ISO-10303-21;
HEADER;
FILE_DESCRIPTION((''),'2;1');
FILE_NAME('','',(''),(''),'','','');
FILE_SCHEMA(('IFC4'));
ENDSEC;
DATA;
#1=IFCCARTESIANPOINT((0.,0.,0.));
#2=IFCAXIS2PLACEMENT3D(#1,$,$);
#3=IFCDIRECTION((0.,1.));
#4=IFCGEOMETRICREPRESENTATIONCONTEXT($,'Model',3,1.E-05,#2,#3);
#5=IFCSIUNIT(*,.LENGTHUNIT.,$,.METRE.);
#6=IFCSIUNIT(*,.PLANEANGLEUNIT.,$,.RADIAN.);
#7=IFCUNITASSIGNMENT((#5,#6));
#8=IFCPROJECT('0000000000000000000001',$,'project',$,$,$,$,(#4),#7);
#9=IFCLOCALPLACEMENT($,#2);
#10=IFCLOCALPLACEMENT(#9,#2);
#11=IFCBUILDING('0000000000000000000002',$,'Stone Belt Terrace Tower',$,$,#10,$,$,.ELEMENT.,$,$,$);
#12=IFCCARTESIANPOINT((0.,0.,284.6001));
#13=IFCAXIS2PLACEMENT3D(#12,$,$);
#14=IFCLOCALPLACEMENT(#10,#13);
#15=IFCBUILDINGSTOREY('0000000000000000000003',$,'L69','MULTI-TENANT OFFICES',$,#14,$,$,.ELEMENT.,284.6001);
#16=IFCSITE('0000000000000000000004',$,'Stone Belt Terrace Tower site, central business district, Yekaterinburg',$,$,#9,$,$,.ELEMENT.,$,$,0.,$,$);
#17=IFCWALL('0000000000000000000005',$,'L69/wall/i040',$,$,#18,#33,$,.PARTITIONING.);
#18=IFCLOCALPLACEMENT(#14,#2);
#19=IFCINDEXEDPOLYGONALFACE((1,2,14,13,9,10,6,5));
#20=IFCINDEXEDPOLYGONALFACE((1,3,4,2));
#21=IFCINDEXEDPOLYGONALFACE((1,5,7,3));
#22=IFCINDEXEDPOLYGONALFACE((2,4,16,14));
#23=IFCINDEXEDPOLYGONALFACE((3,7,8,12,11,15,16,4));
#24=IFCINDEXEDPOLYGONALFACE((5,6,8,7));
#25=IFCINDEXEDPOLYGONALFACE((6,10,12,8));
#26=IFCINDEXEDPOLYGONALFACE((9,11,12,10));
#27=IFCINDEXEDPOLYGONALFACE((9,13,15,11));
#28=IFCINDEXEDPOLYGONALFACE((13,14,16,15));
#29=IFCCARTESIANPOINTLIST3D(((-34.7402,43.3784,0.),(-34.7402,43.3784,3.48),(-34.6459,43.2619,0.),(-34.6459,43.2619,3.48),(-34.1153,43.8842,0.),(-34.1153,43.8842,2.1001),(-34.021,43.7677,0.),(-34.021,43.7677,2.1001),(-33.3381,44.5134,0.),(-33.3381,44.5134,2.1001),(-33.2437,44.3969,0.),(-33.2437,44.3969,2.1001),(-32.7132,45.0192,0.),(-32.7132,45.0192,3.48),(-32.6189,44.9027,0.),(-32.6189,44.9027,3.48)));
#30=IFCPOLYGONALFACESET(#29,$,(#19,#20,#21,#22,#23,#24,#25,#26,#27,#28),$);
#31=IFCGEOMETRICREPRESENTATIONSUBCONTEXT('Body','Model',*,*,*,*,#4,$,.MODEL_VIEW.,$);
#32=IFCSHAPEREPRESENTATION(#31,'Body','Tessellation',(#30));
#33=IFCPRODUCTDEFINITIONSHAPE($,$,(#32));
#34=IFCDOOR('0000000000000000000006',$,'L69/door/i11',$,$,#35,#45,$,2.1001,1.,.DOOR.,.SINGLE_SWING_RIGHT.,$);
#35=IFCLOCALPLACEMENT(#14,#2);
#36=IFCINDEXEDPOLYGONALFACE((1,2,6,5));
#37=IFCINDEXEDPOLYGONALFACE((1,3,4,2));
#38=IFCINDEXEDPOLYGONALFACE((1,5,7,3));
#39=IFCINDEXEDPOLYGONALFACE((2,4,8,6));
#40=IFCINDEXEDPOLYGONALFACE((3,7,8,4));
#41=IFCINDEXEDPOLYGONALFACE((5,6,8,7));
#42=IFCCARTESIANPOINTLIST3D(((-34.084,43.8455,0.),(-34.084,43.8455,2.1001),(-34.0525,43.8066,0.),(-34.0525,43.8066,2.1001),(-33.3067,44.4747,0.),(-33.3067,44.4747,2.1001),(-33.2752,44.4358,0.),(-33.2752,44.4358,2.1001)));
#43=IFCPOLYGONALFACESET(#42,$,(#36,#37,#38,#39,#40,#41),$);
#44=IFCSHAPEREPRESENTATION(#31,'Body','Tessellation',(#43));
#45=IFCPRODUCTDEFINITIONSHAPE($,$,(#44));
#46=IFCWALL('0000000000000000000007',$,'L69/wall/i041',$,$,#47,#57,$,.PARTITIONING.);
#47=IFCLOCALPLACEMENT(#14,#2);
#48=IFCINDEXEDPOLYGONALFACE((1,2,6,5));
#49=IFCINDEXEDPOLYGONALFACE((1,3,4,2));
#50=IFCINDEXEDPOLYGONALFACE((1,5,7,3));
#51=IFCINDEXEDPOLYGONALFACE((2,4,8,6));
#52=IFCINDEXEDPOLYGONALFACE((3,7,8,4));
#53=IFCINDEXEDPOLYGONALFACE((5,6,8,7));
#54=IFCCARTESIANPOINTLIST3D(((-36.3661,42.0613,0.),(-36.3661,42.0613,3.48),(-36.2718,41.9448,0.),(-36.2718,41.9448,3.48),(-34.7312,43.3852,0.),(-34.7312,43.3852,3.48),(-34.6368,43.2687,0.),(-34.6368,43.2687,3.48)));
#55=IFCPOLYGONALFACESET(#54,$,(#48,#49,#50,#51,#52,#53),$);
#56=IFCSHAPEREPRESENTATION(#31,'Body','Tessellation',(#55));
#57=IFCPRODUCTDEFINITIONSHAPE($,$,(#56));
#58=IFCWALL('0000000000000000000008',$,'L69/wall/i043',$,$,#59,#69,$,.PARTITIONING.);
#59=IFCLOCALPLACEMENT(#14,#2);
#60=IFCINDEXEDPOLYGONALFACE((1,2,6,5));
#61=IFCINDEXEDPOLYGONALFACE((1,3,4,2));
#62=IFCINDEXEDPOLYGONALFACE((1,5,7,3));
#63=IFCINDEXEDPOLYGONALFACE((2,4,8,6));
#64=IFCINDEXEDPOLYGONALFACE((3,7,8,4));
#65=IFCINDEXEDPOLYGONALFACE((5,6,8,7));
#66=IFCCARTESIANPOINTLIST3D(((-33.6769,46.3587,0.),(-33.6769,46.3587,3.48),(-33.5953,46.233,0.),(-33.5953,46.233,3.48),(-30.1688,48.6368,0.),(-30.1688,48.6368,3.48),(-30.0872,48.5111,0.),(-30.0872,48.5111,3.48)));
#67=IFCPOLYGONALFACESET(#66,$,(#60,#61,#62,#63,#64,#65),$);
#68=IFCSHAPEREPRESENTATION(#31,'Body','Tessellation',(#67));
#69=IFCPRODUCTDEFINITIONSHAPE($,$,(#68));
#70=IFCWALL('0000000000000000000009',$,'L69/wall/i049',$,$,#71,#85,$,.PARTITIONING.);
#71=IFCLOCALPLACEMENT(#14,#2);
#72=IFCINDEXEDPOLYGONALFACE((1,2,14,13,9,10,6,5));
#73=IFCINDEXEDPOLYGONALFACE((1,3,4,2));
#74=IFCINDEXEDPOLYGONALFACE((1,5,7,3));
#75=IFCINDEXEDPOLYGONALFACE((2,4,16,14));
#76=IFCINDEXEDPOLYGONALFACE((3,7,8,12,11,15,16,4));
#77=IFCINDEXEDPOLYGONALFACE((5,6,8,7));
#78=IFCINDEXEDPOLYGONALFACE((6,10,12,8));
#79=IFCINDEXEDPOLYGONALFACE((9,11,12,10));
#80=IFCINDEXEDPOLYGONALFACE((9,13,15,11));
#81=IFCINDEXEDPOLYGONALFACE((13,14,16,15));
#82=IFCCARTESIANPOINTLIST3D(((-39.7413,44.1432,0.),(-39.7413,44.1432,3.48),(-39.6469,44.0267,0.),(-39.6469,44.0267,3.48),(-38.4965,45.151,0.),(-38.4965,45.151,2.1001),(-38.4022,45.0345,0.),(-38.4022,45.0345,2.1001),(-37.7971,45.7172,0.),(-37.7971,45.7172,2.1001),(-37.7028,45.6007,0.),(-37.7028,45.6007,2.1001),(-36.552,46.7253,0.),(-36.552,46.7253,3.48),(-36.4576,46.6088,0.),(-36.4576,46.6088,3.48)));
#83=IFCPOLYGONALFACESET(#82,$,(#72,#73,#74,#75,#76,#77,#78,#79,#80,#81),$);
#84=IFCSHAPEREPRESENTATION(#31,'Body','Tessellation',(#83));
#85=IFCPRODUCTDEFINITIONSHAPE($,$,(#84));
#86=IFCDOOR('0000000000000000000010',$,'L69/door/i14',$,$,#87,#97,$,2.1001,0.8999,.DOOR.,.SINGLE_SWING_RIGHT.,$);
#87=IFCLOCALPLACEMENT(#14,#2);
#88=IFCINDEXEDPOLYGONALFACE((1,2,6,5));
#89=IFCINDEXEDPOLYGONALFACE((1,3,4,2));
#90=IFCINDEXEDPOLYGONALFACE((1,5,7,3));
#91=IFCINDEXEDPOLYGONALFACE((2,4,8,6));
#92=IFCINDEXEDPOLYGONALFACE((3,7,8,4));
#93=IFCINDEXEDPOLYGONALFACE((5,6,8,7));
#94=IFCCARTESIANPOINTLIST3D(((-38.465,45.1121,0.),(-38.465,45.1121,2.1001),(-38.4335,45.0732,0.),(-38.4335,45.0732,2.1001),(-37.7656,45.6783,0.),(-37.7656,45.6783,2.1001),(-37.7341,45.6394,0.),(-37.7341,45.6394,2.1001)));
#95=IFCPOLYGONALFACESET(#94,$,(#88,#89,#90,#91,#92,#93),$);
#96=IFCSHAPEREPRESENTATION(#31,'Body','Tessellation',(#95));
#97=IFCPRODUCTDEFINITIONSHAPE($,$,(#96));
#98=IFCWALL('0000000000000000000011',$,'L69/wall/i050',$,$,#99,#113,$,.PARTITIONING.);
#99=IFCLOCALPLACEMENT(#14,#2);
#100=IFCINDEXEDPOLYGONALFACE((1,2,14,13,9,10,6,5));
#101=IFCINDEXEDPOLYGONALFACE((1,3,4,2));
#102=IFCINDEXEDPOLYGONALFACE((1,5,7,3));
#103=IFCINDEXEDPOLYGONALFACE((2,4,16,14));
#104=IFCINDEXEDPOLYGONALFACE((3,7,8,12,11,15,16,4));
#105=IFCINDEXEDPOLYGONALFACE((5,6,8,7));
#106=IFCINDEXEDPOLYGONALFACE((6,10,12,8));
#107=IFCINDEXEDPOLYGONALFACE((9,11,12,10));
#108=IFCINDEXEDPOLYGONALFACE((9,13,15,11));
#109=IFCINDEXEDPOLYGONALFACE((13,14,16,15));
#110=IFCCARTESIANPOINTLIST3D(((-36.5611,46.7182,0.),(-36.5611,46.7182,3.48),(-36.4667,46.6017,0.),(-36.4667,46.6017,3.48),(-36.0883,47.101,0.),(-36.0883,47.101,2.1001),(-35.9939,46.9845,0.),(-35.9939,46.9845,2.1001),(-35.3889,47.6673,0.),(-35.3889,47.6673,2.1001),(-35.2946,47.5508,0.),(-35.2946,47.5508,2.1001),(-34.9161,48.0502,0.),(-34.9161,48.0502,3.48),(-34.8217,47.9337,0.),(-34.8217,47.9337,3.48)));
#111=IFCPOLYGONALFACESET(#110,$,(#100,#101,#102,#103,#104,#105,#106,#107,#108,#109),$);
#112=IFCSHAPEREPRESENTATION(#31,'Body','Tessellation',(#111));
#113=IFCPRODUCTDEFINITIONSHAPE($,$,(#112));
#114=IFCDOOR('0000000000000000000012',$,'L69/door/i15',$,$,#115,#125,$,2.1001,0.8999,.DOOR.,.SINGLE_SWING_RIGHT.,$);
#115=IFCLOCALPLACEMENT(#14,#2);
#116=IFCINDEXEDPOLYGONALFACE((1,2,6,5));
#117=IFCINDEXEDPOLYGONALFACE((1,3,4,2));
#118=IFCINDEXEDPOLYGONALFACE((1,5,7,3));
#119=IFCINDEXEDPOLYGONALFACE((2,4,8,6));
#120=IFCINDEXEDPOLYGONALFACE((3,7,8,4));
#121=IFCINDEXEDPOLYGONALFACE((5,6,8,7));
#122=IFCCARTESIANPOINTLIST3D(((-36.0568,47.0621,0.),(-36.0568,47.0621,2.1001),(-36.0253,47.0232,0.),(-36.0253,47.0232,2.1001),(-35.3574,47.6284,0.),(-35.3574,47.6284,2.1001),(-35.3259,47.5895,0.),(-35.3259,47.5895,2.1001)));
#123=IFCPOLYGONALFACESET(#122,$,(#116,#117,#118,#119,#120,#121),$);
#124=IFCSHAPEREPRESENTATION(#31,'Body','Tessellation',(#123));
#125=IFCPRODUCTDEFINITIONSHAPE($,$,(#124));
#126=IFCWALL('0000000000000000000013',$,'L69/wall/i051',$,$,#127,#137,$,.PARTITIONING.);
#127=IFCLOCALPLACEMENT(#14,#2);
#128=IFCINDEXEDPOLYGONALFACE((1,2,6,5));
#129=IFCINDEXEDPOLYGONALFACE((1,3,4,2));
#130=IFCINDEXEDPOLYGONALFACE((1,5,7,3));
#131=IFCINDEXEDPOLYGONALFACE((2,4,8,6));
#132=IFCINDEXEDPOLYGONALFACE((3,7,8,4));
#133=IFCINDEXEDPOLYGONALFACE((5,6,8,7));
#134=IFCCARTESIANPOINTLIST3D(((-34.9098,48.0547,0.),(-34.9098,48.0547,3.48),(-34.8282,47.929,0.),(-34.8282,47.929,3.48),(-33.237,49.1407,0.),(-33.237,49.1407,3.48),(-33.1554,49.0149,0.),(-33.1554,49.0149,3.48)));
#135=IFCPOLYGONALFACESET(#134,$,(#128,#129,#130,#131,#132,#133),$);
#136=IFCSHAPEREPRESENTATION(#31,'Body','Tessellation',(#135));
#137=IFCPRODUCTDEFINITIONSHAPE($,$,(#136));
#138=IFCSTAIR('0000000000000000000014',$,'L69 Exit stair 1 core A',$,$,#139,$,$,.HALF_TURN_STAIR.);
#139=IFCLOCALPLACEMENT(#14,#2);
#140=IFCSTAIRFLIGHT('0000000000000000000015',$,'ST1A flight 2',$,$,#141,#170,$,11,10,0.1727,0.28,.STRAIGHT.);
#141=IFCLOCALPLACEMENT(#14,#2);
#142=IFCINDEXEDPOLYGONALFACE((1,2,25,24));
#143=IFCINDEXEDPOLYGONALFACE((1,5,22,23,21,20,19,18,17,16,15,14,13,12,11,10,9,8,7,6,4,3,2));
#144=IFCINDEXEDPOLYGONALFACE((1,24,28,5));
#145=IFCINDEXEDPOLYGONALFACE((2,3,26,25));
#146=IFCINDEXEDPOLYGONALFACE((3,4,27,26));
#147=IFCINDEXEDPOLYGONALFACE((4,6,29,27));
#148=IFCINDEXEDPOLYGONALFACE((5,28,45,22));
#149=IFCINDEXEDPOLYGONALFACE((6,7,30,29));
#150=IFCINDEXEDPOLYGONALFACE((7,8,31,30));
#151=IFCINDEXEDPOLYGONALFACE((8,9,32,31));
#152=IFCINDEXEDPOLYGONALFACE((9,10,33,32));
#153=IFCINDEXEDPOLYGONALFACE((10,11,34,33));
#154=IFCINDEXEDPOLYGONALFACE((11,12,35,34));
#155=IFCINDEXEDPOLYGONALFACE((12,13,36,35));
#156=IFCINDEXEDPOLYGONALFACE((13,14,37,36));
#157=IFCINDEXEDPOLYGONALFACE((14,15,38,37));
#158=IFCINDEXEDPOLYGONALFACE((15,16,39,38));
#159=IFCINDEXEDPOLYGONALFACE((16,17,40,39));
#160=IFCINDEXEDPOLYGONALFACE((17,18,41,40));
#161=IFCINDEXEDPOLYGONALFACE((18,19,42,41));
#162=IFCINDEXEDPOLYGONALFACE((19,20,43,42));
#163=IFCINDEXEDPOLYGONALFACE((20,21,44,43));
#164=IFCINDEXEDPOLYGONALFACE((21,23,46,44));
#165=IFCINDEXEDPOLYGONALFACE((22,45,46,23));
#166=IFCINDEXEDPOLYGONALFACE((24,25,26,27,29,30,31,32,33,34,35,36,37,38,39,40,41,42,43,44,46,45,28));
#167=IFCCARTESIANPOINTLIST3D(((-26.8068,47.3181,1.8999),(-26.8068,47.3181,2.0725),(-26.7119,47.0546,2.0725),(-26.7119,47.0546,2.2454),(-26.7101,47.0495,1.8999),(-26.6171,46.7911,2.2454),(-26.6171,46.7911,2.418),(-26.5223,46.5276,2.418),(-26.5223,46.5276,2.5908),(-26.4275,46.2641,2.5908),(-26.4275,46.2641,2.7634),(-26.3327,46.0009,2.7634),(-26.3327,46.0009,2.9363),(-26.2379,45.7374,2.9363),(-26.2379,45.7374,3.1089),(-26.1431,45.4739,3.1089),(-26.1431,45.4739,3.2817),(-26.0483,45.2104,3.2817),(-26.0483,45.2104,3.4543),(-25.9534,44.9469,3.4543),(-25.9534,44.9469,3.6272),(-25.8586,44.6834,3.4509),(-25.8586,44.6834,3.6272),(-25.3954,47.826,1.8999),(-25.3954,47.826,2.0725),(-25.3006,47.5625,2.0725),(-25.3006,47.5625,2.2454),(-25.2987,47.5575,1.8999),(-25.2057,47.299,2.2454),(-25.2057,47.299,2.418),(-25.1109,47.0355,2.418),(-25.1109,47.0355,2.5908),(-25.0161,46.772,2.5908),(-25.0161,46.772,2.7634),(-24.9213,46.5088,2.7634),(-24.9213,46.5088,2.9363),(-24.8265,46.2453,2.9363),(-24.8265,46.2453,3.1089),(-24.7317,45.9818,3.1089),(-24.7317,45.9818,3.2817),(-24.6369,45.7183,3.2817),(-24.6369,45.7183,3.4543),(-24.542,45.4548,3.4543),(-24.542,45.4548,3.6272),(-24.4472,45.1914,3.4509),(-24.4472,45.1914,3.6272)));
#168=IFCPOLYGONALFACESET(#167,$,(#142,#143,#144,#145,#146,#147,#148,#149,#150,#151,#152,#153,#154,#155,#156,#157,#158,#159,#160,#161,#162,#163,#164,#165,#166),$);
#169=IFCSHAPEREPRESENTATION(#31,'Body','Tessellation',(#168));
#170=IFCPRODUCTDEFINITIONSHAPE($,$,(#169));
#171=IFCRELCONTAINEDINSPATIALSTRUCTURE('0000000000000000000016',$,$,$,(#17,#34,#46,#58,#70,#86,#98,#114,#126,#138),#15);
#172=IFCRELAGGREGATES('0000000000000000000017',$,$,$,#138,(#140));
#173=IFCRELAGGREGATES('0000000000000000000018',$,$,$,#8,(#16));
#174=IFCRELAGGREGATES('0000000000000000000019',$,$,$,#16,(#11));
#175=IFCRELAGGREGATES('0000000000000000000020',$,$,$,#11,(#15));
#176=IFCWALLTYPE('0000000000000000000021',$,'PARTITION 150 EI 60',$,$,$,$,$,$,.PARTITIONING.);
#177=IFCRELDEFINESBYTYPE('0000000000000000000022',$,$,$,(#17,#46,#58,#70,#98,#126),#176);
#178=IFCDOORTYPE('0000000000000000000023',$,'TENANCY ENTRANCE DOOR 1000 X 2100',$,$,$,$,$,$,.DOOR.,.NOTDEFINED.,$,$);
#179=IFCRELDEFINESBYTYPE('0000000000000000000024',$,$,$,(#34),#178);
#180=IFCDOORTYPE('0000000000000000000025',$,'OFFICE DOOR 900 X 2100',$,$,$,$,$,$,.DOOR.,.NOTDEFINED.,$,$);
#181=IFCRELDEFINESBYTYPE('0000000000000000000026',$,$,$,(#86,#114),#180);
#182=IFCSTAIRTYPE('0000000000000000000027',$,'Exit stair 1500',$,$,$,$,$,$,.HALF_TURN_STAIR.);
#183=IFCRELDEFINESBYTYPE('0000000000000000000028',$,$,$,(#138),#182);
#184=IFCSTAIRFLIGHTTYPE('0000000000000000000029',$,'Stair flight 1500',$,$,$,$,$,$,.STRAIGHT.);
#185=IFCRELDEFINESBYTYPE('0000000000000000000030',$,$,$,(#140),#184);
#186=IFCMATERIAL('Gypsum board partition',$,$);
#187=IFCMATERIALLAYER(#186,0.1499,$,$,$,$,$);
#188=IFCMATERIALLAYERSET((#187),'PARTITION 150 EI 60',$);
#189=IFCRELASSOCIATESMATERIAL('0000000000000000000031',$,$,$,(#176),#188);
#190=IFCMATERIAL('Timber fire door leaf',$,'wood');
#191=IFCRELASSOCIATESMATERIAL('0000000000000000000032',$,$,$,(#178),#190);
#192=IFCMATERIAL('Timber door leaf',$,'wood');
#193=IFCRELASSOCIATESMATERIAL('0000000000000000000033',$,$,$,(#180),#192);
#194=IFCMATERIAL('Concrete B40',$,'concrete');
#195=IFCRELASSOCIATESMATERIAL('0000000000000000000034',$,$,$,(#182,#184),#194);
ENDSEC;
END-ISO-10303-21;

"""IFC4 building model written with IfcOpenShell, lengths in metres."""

from ifc_helpers import new_model, si_unit, direction, frame, frame_2d, origin, place, context, subcontext, project, spatial, polyline, rectangle, outline, extrude, material, layer, layer_set, type_object, element, fill, aggregate, save


model = new_model("IFC4")

# Units and contexts
model_context = context("Model", 3, precision=1e-05, world=origin(), true_north=direction((0.0, 1.0)))
body_context = subcontext(model_context, "Body", "Model", "MODEL_VIEW")
ifc_project = project(units=[si_unit("LENGTHUNIT", "METRE"), si_unit("PLANEANGLEUNIT", "RADIAN")], contexts=[model_context])

# Site, building, storey
site_placement = place(None, origin())
site = spatial("IfcSite", under=ifc_project, at=site_placement, Name="Stone Belt Terrace Tower site, central business district, Yekaterinburg", CompositionType="ELEMENT", RefElevation=0.0)
building_placement = place(site_placement, origin())
building = spatial("IfcBuilding", under=site, at=building_placement, Name="Stone Belt Terrace Tower", CompositionType="ELEMENT")
storey_placement = place(building_placement, frame((0.0, 0.0, 284.6001)))
storey = spatial("IfcBuildingStorey", under=building, at=storey_placement, Name="L69", Description="MULTI-TENANT OFFICES", CompositionType="ELEMENT", Elevation=284.6001)

# Shared definitions
ifc_material_1 = material(Name="Gypsum board partition")
ifc_layer_1 = layer(ifc_material_1, 0.1499)
ifc_layer_set_1 = layer_set([ifc_layer_1], Name="PARTITION 150 EI 60")
wall_type_1 = type_object("IfcWallType", Name="PARTITION 150 EI 60", PredefinedType="PARTITIONING", material=ifc_layer_set_1)

# Wall, opening, door
wall_1_placement = place(storey_placement, frame((-32.666, 44.9609, 0.0), z_axis=(0.0, 0.0, 1.0), x_axis=(-0.777267, -0.629171, 0.0)))
wall_1 = element("IfcWall", 1, at=wall_1_placement, inside=storey, type_object=wall_type_1, Name="L69/wall/i040", PredefinedType="PARTITIONING", context=body_context, shape_type="SweptSolid", body=[
    extrude(rectangle(XDim=2.6079, YDim=0.1499, at=frame_2d((1.304, 0.0))), origin(), (0.0, 0.0, 1.0), 3.48),
])
opening_1_placement = place(wall_1_placement, frame((0.804, 0.0, 0.0)))
opening_1 = element("IfcOpeningElement", 2, at=opening_1_placement, cuts=wall_1, PredefinedType="OPENING", context=body_context, shape_type="SweptSolid", body=[
    extrude(rectangle(XDim=1.0, YDim=2.1001, at=frame_2d((0.5, 1.05))), frame((0.0, 0.085, 0.0), z_axis=(0.0, -1.0, 0.0), x_axis=(1.0, 0.0, 0.0)), (0.0, 0.0, 1.0), 0.1699),
])
ifc_material_2 = material(Name="Timber fire door leaf", Category="wood")
door_type_1 = type_object("IfcDoorType", Name="TENANCY ENTRANCE DOOR 1000 X 2100", OperationType="NOTDEFINED", PredefinedType="DOOR", material=ifc_material_2)
door_1_placement = place(opening_1_placement, origin())
door_1 = element("IfcDoor", 3, at=door_1_placement, inside=storey, type_object=door_type_1, Name="L69/door/i11", OperationType="SINGLE_SWING_RIGHT", OverallHeight=2.1001, OverallWidth=1.0, PredefinedType="DOOR", context=body_context, shape_type="SweptSolid", body=[
    extrude(rectangle(XDim=1.0, YDim=2.1001, at=frame_2d((0.5, 1.05))), frame((0.0, 0.0249, 0.0), z_axis=(0.0, -1.0, 0.0), x_axis=(1.0, 0.0, 0.0)), (0.0, 0.0, 1.0), 0.05),
])
fill(opening_1, door_1)

# Walls
wall_2_placement = place(storey_placement, frame((-34.6841, 43.3269, 0.0), z_axis=(0.0, 0.0, 1.0), x_axis=(-0.777153, -0.629312, 0.0)))
element("IfcWall", 4, at=wall_2_placement, inside=storey, type_object=wall_type_1, Name="L69/wall/i041", PredefinedType="PARTITIONING", context=body_context, shape_type="SweptSolid", body=[
    extrude(rectangle(XDim=2.1038, YDim=0.1499, at=frame_2d((1.0518, 0.0))), origin(), (0.0, 0.0, 1.0), 3.48),
])
wall_3_placement = place(storey_placement, frame((-33.636, 46.2959, 0.0), z_axis=(0.0, 0.0, 1.0), x_axis=(0.83868, 0.544625, 0.0)))
element("IfcWall", 5, at=wall_3_placement, inside=storey, type_object=wall_type_1, Name="L69/wall/i043", PredefinedType="PARTITIONING", context=body_context, shape_type="SweptSolid", body=[
    extrude(rectangle(XDim=4.1829, YDim=0.1499, at=frame_2d((2.0913, 0.0))), origin(), (0.0, 0.0, 1.0), 3.48),
])

# Walls, openings, doors
wall_4_placement = place(storey_placement, frame((-39.6941, 44.085, 0.0), z_axis=(0.0, 0.0, 1.0), x_axis=(0.77721, 0.629241, 0.0)))
wall_4 = element("IfcWall", 6, at=wall_4_placement, inside=storey, type_object=wall_type_1, Name="L69/wall/i049", PredefinedType="PARTITIONING", context=body_context, shape_type="SweptSolid", body=[
    extrude(rectangle(XDim=4.1035, YDim=0.1499, at=frame_2d((2.0518, 0.0))), origin(), (0.0, 0.0, 1.0), 3.48),
])
opening_2_placement = place(wall_4_placement, frame((1.6016, 0.0, 0.0)))
opening_2 = element("IfcOpeningElement", 7, at=opening_2_placement, cuts=wall_4, PredefinedType="OPENING", context=body_context, shape_type="SweptSolid", body=[
    extrude(rectangle(XDim=0.8999, YDim=2.1001, at=frame_2d((0.45, 1.05))), frame((0.0, 0.085, 0.0), z_axis=(0.0, -1.0, 0.0), x_axis=(1.0, 0.0, 0.0)), (0.0, 0.0, 1.0), 0.1699),
])
ifc_material_3 = material(Name="Timber door leaf", Category="wood")
door_type_2 = type_object("IfcDoorType", Name="OFFICE DOOR 900 X 2100", OperationType="NOTDEFINED", PredefinedType="DOOR", material=ifc_material_3)
door_2_placement = place(opening_2_placement, origin())
door_2 = element("IfcDoor", 8, at=door_2_placement, inside=storey, type_object=door_type_2, Name="L69/door/i14", OperationType="SINGLE_SWING_RIGHT", OverallHeight=2.1001, OverallWidth=0.8999, PredefinedType="DOOR", context=body_context, shape_type="SweptSolid", body=[
    extrude(rectangle(XDim=0.8999, YDim=2.1001, at=frame_2d((0.45, 1.05))), frame((0.0, 0.0249, 0.0), z_axis=(0.0, -1.0, 0.0), x_axis=(1.0, 0.0, 0.0)), (0.0, 0.0, 1.0), 0.05),
])
fill(opening_2, door_2)
wall_5_placement = place(storey_placement, frame((-36.5139, 46.6599, 0.0), z_axis=(0.0, 0.0, 1.0), x_axis=(0.777164, 0.629298, 0.0)))
wall_5 = element("IfcWall", 9, at=wall_5_placement, inside=storey, type_object=wall_type_1, Name="L69/wall/i050", PredefinedType="PARTITIONING", context=body_context, shape_type="SweptSolid", body=[
    extrude(rectangle(XDim=2.1167, YDim=0.1499, at=frame_2d((1.0583, 0.0))), origin(), (0.0, 0.0, 1.0), 3.48),
])
opening_3_placement = place(wall_5_placement, frame((0.6084, 0.0, 0.0)))
opening_3 = element("IfcOpeningElement", 10, at=opening_3_placement, cuts=wall_5, PredefinedType="OPENING", context=body_context, shape_type="SweptSolid", body=[
    extrude(rectangle(XDim=0.8999, YDim=2.1001, at=frame_2d((0.45, 1.05))), frame((0.0, 0.085, 0.0), z_axis=(0.0, -1.0, 0.0), x_axis=(1.0, 0.0, 0.0)), (0.0, 0.0, 1.0), 0.1699),
])
door_3_placement = place(opening_3_placement, origin())
door_3 = element("IfcDoor", 11, at=door_3_placement, inside=storey, type_object=door_type_2, Name="L69/door/i15", OperationType="SINGLE_SWING_RIGHT", OverallHeight=2.1001, OverallWidth=0.8999, PredefinedType="DOOR", context=body_context, shape_type="SweptSolid", body=[
    extrude(rectangle(XDim=0.8999, YDim=2.1001, at=frame_2d((0.45, 1.05))), frame((0.0, 0.0249, 0.0), z_axis=(0.0, -1.0, 0.0), x_axis=(1.0, 0.0, 0.0)), (0.0, 0.0, 1.0), 0.05),
])
fill(opening_3, door_3)

# Wall
wall_6_placement = place(storey_placement, frame((-34.8689, 47.9919, 0.0), z_axis=(0.0, 0.0, 1.0), x_axis=(0.838768, 0.544489, 0.0)))
element("IfcWall", 12, at=wall_6_placement, inside=storey, type_object=wall_type_1, Name="L69/wall/i051", PredefinedType="PARTITIONING", context=body_context, shape_type="SweptSolid", body=[
    extrude(rectangle(XDim=1.9944, YDim=0.1499, at=frame_2d((0.9971, 0.0))), origin(), (0.0, 0.0, 1.0), 3.48),
])

# Stair, stair flight
ifc_material_4 = material(Name="Concrete B40", Category="concrete")
stair_type = type_object("IfcStairType", Name="Exit stair 1500", PredefinedType="HALF_TURN_STAIR", material=ifc_material_4)
stair_placement = place(storey_placement, origin())
stair = element("IfcStair", 13, at=stair_placement, inside=storey, type_object=stair_type, Name="L69 Exit stair 1 core A", PredefinedType="HALF_TURN_STAIR")
stair_flight_type = type_object("IfcStairFlightType", Name="Stair flight 1500", PredefinedType="STRAIGHT", material=ifc_material_4)
stair_flight_placement = place(storey_placement, frame((-26.1011, 47.572, 1.8999), z_axis=(0.0, 0.0, 1.0), x_axis=(0.338624, -0.940922, 0.0)))
stair_flight = element("IfcStairFlight", 14, at=stair_flight_placement, type_object=stair_flight_type, Name="ST1A flight 2", NumberOfRisers=11, NumberOfTreads=10, PredefinedType="STRAIGHT", RiserHeight=0.1727, TreadLength=0.28, context=body_context, shape_type="SweptSolid", body=[
    extrude(outline(polyline([(0.0, 0.0), (0.0, 0.1726), (0.28, 0.1726), (0.28, 0.3455), (0.5601, 0.3455), (0.5601, 0.5181), (0.8401, 0.5181), (0.8401, 0.6909), (1.1201, 0.6909), (1.1201, 0.8635), (1.3999, 0.8635), (1.3999, 1.0364), (1.6799, 1.0364), (1.6799, 1.209), (1.96, 1.209), (1.96, 1.3818), (2.24, 1.3818), (2.24, 1.5544), (2.52, 1.5544), (2.52, 1.7273), (2.8, 1.7273), (2.8, 1.8999), (2.8, 1.551), (0.2854, 0.0), (0.0, 0.0)])), frame((0.0, 0.75, 0.0), z_axis=(0.0, -1.0, 0.0), x_axis=(1.0, 0.0, 0.0)), (0.0, 0.0, 1.0), 1.5),
])
aggregate(stair, [stair_flight])

save(model, "model.ifc")
